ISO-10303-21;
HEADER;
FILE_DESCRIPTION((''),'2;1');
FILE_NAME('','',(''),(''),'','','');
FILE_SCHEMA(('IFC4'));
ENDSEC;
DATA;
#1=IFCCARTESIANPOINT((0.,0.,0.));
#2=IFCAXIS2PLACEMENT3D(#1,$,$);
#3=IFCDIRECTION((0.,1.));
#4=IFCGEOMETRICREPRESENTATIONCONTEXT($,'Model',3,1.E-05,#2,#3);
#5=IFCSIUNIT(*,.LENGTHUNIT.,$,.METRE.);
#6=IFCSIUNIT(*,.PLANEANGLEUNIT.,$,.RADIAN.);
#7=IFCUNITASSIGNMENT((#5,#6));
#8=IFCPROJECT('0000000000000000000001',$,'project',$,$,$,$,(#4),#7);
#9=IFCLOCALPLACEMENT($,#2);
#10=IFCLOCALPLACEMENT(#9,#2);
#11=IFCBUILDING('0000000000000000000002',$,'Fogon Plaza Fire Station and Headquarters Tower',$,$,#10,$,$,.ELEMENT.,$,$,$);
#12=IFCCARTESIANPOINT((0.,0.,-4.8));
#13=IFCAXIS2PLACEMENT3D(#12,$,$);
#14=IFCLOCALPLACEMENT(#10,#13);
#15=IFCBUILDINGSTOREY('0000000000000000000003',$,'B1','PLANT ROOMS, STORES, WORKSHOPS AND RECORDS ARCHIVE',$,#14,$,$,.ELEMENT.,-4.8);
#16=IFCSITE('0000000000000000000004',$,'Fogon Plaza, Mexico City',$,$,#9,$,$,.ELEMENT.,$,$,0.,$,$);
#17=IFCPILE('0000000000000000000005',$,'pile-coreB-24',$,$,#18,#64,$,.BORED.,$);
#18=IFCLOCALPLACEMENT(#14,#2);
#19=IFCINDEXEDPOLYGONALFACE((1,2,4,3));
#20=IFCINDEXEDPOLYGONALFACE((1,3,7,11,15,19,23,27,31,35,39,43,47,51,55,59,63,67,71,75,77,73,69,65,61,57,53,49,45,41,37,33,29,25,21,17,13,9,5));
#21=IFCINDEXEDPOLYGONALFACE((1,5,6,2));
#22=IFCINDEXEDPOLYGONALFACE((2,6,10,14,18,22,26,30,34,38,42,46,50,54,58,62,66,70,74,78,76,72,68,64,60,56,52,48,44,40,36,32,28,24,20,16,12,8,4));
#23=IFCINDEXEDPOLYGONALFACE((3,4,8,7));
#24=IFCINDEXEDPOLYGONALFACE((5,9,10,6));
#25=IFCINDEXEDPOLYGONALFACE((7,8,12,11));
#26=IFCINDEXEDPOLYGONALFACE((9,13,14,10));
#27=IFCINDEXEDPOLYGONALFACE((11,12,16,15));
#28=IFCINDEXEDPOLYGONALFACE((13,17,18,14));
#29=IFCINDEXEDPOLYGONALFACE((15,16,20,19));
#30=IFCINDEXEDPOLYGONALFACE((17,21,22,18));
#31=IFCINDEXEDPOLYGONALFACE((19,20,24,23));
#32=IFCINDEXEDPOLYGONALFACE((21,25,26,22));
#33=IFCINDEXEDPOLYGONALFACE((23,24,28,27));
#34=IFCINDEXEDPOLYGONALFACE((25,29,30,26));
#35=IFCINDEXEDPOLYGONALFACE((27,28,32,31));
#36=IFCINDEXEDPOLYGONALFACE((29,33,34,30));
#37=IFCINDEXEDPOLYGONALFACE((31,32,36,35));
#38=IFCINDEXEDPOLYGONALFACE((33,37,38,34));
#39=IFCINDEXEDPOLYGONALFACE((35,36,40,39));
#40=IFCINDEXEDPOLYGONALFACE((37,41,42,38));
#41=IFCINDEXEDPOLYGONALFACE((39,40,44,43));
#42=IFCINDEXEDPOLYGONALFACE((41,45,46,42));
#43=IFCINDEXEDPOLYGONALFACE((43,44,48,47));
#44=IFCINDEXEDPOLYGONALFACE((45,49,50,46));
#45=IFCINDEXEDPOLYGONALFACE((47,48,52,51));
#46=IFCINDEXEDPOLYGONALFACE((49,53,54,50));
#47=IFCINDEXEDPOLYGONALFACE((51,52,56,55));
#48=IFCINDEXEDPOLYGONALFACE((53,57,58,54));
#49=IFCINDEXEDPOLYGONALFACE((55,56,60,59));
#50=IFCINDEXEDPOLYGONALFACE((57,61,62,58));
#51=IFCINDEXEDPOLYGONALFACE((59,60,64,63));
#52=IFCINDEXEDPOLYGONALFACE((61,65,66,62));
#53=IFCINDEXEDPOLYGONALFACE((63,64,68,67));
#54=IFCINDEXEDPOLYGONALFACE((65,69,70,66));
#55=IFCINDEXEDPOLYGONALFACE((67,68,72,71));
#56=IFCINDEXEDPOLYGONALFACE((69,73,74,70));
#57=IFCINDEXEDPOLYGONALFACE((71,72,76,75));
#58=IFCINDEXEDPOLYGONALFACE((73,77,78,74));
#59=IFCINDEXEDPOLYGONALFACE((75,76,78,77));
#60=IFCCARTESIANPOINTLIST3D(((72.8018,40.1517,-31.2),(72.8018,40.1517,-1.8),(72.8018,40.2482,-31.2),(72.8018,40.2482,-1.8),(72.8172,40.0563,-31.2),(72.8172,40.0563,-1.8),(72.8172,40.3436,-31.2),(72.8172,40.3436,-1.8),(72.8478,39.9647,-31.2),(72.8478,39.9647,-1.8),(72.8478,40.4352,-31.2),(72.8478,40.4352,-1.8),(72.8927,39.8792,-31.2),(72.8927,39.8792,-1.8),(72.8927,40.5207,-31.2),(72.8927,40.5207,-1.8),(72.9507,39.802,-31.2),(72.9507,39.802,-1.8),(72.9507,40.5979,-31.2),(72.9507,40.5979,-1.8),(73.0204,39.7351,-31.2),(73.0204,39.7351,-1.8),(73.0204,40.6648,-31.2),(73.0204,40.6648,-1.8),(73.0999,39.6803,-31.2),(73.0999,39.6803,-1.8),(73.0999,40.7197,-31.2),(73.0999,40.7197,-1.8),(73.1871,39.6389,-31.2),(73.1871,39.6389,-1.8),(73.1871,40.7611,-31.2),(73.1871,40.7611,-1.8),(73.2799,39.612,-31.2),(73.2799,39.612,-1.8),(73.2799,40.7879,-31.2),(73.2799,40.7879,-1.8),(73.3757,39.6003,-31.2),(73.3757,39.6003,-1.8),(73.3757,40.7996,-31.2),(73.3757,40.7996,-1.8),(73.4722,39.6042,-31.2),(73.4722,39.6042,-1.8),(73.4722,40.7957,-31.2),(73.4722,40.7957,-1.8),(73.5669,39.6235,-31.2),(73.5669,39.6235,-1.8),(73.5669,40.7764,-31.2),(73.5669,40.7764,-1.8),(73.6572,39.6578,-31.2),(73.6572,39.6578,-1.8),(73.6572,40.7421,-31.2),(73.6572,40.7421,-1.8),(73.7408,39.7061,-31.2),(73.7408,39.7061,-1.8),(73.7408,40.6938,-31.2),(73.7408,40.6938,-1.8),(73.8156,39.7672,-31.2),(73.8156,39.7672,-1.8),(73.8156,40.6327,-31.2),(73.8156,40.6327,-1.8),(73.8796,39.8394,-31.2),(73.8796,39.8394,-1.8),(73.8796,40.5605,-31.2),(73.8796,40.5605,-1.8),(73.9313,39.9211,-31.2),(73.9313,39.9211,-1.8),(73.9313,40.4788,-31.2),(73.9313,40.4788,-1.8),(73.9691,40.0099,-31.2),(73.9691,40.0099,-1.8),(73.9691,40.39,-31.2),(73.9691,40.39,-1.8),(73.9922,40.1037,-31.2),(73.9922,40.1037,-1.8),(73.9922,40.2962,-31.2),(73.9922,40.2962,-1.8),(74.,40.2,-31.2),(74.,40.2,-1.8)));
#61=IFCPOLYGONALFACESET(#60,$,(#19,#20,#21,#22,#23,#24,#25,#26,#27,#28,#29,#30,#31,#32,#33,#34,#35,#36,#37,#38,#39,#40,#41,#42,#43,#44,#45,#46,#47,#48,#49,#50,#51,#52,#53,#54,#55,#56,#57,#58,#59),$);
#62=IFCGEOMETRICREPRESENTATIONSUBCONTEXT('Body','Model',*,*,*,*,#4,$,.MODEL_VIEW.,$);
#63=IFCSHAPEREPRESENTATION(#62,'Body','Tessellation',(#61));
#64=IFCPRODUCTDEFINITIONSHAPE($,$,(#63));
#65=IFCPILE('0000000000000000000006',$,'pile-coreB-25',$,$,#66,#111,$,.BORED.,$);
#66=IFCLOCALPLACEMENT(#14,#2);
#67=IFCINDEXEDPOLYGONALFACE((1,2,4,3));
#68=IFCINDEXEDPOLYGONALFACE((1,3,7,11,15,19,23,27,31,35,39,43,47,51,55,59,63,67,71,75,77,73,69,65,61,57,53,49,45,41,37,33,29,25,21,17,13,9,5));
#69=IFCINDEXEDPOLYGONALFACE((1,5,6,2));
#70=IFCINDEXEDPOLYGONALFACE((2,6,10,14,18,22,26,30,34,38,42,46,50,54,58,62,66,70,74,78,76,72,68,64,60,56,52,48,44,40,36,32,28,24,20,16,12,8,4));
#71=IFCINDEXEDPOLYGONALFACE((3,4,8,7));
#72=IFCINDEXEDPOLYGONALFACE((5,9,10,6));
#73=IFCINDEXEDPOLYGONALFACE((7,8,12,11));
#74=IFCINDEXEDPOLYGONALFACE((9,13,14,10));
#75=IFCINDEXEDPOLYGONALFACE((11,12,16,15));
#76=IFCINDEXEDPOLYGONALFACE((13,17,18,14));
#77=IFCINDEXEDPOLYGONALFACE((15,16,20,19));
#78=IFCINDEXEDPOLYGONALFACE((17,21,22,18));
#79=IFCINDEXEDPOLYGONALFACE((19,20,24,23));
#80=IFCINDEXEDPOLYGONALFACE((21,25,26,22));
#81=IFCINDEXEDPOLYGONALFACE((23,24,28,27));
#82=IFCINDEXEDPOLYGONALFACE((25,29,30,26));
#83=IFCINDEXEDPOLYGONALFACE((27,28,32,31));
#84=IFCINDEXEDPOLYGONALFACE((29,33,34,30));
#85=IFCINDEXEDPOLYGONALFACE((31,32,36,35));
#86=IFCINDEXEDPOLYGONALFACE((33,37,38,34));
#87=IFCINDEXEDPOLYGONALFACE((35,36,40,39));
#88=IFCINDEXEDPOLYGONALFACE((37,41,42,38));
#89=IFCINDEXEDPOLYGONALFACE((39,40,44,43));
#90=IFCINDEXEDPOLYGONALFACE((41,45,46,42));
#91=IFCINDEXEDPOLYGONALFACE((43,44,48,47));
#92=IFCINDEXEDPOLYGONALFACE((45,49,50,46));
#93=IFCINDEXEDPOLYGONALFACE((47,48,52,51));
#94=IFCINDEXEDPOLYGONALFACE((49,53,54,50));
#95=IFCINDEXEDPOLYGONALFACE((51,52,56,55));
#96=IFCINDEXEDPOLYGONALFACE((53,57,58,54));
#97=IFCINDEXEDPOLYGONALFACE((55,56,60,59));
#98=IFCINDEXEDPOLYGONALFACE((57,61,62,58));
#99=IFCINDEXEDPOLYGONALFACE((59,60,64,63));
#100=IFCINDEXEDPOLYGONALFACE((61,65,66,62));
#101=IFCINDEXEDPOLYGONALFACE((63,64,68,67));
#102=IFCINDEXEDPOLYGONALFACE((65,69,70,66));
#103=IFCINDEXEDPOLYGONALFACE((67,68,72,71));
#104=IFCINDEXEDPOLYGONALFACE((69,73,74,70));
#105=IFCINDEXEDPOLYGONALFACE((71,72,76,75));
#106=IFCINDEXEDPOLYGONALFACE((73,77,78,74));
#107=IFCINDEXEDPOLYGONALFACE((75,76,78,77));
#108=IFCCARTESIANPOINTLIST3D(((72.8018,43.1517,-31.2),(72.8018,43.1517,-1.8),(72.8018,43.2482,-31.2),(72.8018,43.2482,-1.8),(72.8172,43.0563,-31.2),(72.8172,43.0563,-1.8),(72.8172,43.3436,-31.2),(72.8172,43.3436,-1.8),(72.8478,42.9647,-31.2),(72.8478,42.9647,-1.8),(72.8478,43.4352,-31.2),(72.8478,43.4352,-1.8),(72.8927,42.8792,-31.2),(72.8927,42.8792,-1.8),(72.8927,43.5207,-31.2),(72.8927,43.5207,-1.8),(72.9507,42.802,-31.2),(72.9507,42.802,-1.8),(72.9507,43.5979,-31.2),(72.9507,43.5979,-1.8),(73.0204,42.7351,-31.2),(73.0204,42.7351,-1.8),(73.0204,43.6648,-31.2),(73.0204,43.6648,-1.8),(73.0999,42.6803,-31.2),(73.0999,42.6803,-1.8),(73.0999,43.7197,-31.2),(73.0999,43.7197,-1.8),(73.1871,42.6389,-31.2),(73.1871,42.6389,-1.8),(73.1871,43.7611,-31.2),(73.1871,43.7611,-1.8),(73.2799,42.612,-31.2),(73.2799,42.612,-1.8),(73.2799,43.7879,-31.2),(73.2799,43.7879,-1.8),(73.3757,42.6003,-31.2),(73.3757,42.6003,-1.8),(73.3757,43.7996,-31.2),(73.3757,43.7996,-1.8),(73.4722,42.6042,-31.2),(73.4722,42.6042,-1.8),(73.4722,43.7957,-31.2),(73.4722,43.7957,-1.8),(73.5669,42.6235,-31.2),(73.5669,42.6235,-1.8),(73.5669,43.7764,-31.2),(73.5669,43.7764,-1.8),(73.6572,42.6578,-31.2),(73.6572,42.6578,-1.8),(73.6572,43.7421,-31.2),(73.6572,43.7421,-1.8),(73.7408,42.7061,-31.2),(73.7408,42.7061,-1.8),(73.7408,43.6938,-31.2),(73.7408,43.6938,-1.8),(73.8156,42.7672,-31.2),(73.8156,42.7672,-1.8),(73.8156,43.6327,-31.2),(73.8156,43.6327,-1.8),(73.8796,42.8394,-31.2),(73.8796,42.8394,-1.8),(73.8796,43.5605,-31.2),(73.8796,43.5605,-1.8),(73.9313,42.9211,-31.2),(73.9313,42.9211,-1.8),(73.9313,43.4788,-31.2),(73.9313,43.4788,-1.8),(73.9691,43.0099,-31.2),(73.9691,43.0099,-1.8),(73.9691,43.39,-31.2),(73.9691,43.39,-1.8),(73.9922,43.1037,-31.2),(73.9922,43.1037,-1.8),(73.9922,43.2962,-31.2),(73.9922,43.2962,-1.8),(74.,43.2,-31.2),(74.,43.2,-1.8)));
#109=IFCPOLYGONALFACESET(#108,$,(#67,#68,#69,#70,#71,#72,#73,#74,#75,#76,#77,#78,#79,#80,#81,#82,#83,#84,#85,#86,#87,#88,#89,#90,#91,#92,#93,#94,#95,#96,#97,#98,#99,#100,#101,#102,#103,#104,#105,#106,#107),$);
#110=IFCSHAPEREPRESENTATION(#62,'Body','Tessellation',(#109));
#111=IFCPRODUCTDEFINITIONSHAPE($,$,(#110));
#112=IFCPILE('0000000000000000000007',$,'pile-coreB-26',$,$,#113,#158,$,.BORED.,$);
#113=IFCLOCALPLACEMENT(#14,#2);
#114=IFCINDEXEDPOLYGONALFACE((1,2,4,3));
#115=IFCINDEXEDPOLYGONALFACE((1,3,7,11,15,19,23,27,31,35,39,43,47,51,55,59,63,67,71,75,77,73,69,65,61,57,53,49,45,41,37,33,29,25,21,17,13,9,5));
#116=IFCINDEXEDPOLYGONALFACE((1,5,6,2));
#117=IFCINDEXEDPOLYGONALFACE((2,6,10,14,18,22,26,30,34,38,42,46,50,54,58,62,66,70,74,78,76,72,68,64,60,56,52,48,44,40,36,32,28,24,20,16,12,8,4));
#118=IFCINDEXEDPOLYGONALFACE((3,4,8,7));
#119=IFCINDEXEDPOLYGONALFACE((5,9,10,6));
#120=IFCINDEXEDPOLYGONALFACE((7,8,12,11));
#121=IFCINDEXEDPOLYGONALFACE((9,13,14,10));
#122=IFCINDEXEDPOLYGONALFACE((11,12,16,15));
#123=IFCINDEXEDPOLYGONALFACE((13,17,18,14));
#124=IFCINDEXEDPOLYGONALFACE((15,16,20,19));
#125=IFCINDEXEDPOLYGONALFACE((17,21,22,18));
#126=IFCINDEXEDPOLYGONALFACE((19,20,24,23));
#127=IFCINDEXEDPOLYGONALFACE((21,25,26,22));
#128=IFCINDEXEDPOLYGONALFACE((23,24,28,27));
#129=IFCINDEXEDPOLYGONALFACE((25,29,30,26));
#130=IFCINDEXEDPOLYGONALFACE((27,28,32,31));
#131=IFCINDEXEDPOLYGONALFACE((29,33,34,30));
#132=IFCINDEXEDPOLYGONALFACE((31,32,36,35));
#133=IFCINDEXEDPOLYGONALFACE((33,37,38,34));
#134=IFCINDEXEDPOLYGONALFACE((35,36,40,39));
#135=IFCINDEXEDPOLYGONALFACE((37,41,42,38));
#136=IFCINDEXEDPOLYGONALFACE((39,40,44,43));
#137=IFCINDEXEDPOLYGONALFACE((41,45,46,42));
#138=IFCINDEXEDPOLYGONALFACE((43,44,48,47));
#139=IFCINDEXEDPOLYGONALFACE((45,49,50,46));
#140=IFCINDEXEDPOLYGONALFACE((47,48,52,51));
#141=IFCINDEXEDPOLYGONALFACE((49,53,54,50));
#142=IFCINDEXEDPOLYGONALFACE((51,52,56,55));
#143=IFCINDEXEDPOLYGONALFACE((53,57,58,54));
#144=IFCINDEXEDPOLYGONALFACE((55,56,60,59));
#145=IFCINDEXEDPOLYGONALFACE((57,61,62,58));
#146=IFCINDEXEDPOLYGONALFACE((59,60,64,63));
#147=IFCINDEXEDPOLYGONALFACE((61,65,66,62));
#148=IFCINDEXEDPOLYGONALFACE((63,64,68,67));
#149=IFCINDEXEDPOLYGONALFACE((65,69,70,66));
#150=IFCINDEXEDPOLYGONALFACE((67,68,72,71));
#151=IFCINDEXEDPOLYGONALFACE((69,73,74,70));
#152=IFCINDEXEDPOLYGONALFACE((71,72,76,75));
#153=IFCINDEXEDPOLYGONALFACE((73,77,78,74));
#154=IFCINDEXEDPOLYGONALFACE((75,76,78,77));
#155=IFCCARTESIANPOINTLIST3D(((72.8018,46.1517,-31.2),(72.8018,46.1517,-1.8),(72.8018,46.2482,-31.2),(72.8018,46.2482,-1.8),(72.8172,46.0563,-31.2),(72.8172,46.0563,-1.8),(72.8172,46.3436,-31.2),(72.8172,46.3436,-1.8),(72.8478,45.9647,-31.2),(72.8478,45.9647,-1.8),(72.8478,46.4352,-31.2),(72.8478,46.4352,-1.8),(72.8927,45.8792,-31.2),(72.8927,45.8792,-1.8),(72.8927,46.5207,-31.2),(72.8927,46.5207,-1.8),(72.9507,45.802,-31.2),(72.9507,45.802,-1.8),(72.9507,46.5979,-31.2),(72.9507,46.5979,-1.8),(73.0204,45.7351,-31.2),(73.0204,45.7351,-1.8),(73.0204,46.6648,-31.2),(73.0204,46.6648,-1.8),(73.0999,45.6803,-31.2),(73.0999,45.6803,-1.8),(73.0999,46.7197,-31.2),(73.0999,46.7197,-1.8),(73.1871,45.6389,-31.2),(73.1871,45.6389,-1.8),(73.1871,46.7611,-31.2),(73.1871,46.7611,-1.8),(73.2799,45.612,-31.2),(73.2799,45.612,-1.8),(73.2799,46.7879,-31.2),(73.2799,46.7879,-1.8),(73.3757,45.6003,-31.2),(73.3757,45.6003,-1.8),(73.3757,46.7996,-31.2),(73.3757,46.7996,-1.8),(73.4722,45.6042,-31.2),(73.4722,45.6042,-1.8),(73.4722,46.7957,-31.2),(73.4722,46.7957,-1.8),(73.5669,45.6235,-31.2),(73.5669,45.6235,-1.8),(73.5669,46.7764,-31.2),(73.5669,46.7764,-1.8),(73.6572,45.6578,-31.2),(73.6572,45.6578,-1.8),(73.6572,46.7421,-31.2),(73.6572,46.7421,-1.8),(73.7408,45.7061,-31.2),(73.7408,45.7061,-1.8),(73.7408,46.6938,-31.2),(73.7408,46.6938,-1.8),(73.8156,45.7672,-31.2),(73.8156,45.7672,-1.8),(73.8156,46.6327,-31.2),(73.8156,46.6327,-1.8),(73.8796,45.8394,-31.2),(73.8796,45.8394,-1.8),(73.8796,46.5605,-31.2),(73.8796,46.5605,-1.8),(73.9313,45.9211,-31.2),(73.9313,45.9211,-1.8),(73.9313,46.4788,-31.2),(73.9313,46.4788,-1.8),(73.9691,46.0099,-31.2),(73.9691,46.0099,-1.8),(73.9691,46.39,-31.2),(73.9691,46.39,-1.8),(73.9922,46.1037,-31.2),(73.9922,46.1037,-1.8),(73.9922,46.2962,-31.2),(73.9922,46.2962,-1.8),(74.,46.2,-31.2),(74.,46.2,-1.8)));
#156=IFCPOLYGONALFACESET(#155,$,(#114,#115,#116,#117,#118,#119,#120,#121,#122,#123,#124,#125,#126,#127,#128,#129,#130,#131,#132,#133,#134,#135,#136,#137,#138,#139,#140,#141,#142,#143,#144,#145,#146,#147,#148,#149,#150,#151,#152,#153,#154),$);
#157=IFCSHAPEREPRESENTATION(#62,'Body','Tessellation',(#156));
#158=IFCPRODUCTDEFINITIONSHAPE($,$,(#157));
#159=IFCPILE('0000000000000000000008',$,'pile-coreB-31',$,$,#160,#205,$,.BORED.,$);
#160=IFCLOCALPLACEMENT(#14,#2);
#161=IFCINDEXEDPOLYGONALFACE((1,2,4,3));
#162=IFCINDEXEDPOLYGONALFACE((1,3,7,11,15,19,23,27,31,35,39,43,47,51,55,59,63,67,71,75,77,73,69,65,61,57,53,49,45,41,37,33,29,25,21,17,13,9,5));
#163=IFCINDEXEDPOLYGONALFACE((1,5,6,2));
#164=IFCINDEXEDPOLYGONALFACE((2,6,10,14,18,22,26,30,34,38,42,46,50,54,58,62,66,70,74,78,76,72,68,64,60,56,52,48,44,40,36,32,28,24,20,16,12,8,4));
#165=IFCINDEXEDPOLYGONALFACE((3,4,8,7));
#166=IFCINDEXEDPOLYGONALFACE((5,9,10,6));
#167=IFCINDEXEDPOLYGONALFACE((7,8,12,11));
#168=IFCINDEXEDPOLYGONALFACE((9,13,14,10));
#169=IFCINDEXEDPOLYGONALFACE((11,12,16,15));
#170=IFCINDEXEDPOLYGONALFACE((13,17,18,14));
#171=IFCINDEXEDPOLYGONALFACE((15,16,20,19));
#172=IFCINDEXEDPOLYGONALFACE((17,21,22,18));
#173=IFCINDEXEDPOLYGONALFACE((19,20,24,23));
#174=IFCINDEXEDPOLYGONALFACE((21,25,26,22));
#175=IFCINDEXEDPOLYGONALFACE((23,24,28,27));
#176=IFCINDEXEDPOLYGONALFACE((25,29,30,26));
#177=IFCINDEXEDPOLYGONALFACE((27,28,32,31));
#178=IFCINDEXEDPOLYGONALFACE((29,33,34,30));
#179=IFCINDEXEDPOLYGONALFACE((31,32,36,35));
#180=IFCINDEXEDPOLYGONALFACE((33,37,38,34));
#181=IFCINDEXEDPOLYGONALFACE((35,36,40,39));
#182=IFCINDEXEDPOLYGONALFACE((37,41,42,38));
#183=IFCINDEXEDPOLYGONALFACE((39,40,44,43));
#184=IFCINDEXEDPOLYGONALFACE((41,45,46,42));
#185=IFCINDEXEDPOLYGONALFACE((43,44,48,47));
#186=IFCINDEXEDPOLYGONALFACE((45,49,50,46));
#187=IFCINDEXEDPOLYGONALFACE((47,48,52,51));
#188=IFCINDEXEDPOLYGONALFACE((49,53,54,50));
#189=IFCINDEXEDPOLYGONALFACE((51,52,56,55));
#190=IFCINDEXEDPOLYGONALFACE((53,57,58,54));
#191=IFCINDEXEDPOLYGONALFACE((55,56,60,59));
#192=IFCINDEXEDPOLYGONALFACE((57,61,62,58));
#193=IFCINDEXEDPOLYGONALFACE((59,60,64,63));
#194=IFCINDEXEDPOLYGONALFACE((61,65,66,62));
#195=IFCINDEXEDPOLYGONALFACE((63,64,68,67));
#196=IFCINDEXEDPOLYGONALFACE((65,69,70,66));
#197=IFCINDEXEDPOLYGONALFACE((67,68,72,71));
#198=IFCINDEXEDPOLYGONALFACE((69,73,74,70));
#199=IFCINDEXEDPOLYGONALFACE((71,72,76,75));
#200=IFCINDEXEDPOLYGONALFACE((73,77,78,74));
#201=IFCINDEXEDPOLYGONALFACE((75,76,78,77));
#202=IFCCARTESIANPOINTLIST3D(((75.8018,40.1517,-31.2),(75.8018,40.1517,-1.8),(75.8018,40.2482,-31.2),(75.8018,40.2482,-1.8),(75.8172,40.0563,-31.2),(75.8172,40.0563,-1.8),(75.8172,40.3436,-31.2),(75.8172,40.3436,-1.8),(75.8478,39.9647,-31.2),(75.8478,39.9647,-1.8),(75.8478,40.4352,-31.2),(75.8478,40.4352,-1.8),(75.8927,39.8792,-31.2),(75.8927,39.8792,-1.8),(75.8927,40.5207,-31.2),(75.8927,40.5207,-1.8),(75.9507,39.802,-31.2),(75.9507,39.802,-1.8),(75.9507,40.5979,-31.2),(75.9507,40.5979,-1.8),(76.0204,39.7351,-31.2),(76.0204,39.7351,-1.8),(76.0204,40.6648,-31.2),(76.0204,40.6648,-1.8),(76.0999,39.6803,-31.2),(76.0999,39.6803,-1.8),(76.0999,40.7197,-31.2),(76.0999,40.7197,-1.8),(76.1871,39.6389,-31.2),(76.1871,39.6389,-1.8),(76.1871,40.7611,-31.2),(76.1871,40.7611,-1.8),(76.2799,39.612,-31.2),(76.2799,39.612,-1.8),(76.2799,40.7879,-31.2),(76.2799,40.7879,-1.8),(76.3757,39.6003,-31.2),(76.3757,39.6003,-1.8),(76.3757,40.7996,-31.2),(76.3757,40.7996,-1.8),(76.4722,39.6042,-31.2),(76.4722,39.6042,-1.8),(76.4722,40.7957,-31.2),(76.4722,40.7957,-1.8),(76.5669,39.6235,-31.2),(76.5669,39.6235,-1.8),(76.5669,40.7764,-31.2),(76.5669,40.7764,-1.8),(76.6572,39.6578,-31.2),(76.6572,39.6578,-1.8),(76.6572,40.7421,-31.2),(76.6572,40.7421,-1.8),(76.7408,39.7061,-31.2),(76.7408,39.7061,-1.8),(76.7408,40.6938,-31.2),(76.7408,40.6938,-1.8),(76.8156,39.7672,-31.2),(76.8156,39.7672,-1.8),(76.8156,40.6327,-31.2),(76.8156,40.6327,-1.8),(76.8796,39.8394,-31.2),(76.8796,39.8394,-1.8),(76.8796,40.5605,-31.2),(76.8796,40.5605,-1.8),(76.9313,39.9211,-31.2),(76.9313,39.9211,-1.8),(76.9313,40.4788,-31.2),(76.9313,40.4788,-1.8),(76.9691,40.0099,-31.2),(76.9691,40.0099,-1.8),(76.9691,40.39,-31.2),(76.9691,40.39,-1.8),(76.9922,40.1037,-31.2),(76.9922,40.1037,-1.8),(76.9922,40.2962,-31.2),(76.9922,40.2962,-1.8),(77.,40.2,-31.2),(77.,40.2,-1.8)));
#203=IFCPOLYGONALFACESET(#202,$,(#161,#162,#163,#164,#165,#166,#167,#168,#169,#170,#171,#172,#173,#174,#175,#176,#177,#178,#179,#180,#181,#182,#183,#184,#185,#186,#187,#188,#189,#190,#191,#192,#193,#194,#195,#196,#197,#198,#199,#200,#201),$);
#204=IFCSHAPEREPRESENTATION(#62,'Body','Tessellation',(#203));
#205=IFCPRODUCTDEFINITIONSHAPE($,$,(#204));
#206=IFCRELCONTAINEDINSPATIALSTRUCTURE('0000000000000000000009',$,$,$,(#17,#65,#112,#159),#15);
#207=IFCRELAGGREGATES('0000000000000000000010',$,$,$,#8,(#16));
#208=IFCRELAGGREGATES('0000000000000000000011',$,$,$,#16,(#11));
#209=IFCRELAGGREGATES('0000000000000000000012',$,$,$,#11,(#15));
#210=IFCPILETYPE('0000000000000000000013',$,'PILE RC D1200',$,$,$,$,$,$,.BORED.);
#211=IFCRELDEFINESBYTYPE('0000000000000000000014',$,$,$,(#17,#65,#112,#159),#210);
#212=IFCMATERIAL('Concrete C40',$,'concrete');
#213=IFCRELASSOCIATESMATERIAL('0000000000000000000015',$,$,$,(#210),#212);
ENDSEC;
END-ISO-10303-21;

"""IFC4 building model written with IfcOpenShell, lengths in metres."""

from ifc_helpers import new_model, si_unit, direction, frame, origin, origin_2d, place, context, subcontext, project, spatial, circle, extrude, material, material_profile, profile_set, type_object, element, save


model = new_model("IFC4")

# Units and contexts
model_context = context("Model", 3, precision=1e-05, world=origin(), true_north=direction((0.0, 1.0)))
body_context = subcontext(model_context, "Body", "Model", "MODEL_VIEW")
ifc_project = project(units=[si_unit("LENGTHUNIT", "METRE"), si_unit("PLANEANGLEUNIT", "RADIAN")], contexts=[model_context])

# Site, building, storey
site_placement = place(None, origin())
site = spatial("IfcSite", under=ifc_project, at=site_placement, Name="Fogon Plaza, Mexico City", CompositionType="ELEMENT", RefElevation=0.0)
building_placement = place(site_placement, origin())
building = spatial("IfcBuilding", under=site, at=building_placement, Name="Fogon Plaza Fire Station and Headquarters Tower", CompositionType="ELEMENT")
storey_placement = place(building_placement, frame((0.0, 0.0, -4.8)))
storey = spatial("IfcBuildingStorey", under=building, at=storey_placement, Name="B1", Description="PLANT ROOMS, STORES, WORKSHOPS AND RECORDS ARCHIVE", CompositionType="ELEMENT", Elevation=-4.8)

# Piles
ifc_material_1 = material(Name="Concrete C40", Category="concrete")
ifc_material_profile = material_profile(ifc_material_1, circle(Radius=0.6001, at=origin_2d()), Name="RC D1200")
ifc_profile_set = profile_set([ifc_material_profile], Name="Concrete C40")
pile_type = type_object("IfcPileType", Name="PILE RC D1200", PredefinedType="BORED", material=ifc_profile_set)
for number, where, z_axis, x_axis, name in (
    (1, (73.3999, 40.2, -1.8), (0.0, 0.0, -1.0), (1.0, 0.0, 0.0), "pile-coreB-24"),
    (2, (73.3999, 43.2, -1.8), (0.0, 0.0, -1.0), (1.0, 0.0, 0.0), "pile-coreB-25"),
    (3, (73.3999, 46.2, -1.8), (0.0, 0.0, -1.0), (1.0, 0.0, 0.0), "pile-coreB-26"),
    (4, (76.3999, 40.2, -1.8), (0.0, 0.0, -1.0), (1.0, 0.0, 0.0), "pile-coreB-31"),
):
    element("IfcPile", number, at=place(storey_placement, frame(where, z_axis=z_axis, x_axis=x_axis)), inside=storey, type_object=pile_type, Name=name, PredefinedType="BORED", context=body_context, shape_type="SweptSolid", body=[
        extrude(circle(Radius=0.6001, at=origin_2d()), origin(), (0.0, 0.0, 1.0), 29.3999),
    ])

save(model, "model.ifc")
